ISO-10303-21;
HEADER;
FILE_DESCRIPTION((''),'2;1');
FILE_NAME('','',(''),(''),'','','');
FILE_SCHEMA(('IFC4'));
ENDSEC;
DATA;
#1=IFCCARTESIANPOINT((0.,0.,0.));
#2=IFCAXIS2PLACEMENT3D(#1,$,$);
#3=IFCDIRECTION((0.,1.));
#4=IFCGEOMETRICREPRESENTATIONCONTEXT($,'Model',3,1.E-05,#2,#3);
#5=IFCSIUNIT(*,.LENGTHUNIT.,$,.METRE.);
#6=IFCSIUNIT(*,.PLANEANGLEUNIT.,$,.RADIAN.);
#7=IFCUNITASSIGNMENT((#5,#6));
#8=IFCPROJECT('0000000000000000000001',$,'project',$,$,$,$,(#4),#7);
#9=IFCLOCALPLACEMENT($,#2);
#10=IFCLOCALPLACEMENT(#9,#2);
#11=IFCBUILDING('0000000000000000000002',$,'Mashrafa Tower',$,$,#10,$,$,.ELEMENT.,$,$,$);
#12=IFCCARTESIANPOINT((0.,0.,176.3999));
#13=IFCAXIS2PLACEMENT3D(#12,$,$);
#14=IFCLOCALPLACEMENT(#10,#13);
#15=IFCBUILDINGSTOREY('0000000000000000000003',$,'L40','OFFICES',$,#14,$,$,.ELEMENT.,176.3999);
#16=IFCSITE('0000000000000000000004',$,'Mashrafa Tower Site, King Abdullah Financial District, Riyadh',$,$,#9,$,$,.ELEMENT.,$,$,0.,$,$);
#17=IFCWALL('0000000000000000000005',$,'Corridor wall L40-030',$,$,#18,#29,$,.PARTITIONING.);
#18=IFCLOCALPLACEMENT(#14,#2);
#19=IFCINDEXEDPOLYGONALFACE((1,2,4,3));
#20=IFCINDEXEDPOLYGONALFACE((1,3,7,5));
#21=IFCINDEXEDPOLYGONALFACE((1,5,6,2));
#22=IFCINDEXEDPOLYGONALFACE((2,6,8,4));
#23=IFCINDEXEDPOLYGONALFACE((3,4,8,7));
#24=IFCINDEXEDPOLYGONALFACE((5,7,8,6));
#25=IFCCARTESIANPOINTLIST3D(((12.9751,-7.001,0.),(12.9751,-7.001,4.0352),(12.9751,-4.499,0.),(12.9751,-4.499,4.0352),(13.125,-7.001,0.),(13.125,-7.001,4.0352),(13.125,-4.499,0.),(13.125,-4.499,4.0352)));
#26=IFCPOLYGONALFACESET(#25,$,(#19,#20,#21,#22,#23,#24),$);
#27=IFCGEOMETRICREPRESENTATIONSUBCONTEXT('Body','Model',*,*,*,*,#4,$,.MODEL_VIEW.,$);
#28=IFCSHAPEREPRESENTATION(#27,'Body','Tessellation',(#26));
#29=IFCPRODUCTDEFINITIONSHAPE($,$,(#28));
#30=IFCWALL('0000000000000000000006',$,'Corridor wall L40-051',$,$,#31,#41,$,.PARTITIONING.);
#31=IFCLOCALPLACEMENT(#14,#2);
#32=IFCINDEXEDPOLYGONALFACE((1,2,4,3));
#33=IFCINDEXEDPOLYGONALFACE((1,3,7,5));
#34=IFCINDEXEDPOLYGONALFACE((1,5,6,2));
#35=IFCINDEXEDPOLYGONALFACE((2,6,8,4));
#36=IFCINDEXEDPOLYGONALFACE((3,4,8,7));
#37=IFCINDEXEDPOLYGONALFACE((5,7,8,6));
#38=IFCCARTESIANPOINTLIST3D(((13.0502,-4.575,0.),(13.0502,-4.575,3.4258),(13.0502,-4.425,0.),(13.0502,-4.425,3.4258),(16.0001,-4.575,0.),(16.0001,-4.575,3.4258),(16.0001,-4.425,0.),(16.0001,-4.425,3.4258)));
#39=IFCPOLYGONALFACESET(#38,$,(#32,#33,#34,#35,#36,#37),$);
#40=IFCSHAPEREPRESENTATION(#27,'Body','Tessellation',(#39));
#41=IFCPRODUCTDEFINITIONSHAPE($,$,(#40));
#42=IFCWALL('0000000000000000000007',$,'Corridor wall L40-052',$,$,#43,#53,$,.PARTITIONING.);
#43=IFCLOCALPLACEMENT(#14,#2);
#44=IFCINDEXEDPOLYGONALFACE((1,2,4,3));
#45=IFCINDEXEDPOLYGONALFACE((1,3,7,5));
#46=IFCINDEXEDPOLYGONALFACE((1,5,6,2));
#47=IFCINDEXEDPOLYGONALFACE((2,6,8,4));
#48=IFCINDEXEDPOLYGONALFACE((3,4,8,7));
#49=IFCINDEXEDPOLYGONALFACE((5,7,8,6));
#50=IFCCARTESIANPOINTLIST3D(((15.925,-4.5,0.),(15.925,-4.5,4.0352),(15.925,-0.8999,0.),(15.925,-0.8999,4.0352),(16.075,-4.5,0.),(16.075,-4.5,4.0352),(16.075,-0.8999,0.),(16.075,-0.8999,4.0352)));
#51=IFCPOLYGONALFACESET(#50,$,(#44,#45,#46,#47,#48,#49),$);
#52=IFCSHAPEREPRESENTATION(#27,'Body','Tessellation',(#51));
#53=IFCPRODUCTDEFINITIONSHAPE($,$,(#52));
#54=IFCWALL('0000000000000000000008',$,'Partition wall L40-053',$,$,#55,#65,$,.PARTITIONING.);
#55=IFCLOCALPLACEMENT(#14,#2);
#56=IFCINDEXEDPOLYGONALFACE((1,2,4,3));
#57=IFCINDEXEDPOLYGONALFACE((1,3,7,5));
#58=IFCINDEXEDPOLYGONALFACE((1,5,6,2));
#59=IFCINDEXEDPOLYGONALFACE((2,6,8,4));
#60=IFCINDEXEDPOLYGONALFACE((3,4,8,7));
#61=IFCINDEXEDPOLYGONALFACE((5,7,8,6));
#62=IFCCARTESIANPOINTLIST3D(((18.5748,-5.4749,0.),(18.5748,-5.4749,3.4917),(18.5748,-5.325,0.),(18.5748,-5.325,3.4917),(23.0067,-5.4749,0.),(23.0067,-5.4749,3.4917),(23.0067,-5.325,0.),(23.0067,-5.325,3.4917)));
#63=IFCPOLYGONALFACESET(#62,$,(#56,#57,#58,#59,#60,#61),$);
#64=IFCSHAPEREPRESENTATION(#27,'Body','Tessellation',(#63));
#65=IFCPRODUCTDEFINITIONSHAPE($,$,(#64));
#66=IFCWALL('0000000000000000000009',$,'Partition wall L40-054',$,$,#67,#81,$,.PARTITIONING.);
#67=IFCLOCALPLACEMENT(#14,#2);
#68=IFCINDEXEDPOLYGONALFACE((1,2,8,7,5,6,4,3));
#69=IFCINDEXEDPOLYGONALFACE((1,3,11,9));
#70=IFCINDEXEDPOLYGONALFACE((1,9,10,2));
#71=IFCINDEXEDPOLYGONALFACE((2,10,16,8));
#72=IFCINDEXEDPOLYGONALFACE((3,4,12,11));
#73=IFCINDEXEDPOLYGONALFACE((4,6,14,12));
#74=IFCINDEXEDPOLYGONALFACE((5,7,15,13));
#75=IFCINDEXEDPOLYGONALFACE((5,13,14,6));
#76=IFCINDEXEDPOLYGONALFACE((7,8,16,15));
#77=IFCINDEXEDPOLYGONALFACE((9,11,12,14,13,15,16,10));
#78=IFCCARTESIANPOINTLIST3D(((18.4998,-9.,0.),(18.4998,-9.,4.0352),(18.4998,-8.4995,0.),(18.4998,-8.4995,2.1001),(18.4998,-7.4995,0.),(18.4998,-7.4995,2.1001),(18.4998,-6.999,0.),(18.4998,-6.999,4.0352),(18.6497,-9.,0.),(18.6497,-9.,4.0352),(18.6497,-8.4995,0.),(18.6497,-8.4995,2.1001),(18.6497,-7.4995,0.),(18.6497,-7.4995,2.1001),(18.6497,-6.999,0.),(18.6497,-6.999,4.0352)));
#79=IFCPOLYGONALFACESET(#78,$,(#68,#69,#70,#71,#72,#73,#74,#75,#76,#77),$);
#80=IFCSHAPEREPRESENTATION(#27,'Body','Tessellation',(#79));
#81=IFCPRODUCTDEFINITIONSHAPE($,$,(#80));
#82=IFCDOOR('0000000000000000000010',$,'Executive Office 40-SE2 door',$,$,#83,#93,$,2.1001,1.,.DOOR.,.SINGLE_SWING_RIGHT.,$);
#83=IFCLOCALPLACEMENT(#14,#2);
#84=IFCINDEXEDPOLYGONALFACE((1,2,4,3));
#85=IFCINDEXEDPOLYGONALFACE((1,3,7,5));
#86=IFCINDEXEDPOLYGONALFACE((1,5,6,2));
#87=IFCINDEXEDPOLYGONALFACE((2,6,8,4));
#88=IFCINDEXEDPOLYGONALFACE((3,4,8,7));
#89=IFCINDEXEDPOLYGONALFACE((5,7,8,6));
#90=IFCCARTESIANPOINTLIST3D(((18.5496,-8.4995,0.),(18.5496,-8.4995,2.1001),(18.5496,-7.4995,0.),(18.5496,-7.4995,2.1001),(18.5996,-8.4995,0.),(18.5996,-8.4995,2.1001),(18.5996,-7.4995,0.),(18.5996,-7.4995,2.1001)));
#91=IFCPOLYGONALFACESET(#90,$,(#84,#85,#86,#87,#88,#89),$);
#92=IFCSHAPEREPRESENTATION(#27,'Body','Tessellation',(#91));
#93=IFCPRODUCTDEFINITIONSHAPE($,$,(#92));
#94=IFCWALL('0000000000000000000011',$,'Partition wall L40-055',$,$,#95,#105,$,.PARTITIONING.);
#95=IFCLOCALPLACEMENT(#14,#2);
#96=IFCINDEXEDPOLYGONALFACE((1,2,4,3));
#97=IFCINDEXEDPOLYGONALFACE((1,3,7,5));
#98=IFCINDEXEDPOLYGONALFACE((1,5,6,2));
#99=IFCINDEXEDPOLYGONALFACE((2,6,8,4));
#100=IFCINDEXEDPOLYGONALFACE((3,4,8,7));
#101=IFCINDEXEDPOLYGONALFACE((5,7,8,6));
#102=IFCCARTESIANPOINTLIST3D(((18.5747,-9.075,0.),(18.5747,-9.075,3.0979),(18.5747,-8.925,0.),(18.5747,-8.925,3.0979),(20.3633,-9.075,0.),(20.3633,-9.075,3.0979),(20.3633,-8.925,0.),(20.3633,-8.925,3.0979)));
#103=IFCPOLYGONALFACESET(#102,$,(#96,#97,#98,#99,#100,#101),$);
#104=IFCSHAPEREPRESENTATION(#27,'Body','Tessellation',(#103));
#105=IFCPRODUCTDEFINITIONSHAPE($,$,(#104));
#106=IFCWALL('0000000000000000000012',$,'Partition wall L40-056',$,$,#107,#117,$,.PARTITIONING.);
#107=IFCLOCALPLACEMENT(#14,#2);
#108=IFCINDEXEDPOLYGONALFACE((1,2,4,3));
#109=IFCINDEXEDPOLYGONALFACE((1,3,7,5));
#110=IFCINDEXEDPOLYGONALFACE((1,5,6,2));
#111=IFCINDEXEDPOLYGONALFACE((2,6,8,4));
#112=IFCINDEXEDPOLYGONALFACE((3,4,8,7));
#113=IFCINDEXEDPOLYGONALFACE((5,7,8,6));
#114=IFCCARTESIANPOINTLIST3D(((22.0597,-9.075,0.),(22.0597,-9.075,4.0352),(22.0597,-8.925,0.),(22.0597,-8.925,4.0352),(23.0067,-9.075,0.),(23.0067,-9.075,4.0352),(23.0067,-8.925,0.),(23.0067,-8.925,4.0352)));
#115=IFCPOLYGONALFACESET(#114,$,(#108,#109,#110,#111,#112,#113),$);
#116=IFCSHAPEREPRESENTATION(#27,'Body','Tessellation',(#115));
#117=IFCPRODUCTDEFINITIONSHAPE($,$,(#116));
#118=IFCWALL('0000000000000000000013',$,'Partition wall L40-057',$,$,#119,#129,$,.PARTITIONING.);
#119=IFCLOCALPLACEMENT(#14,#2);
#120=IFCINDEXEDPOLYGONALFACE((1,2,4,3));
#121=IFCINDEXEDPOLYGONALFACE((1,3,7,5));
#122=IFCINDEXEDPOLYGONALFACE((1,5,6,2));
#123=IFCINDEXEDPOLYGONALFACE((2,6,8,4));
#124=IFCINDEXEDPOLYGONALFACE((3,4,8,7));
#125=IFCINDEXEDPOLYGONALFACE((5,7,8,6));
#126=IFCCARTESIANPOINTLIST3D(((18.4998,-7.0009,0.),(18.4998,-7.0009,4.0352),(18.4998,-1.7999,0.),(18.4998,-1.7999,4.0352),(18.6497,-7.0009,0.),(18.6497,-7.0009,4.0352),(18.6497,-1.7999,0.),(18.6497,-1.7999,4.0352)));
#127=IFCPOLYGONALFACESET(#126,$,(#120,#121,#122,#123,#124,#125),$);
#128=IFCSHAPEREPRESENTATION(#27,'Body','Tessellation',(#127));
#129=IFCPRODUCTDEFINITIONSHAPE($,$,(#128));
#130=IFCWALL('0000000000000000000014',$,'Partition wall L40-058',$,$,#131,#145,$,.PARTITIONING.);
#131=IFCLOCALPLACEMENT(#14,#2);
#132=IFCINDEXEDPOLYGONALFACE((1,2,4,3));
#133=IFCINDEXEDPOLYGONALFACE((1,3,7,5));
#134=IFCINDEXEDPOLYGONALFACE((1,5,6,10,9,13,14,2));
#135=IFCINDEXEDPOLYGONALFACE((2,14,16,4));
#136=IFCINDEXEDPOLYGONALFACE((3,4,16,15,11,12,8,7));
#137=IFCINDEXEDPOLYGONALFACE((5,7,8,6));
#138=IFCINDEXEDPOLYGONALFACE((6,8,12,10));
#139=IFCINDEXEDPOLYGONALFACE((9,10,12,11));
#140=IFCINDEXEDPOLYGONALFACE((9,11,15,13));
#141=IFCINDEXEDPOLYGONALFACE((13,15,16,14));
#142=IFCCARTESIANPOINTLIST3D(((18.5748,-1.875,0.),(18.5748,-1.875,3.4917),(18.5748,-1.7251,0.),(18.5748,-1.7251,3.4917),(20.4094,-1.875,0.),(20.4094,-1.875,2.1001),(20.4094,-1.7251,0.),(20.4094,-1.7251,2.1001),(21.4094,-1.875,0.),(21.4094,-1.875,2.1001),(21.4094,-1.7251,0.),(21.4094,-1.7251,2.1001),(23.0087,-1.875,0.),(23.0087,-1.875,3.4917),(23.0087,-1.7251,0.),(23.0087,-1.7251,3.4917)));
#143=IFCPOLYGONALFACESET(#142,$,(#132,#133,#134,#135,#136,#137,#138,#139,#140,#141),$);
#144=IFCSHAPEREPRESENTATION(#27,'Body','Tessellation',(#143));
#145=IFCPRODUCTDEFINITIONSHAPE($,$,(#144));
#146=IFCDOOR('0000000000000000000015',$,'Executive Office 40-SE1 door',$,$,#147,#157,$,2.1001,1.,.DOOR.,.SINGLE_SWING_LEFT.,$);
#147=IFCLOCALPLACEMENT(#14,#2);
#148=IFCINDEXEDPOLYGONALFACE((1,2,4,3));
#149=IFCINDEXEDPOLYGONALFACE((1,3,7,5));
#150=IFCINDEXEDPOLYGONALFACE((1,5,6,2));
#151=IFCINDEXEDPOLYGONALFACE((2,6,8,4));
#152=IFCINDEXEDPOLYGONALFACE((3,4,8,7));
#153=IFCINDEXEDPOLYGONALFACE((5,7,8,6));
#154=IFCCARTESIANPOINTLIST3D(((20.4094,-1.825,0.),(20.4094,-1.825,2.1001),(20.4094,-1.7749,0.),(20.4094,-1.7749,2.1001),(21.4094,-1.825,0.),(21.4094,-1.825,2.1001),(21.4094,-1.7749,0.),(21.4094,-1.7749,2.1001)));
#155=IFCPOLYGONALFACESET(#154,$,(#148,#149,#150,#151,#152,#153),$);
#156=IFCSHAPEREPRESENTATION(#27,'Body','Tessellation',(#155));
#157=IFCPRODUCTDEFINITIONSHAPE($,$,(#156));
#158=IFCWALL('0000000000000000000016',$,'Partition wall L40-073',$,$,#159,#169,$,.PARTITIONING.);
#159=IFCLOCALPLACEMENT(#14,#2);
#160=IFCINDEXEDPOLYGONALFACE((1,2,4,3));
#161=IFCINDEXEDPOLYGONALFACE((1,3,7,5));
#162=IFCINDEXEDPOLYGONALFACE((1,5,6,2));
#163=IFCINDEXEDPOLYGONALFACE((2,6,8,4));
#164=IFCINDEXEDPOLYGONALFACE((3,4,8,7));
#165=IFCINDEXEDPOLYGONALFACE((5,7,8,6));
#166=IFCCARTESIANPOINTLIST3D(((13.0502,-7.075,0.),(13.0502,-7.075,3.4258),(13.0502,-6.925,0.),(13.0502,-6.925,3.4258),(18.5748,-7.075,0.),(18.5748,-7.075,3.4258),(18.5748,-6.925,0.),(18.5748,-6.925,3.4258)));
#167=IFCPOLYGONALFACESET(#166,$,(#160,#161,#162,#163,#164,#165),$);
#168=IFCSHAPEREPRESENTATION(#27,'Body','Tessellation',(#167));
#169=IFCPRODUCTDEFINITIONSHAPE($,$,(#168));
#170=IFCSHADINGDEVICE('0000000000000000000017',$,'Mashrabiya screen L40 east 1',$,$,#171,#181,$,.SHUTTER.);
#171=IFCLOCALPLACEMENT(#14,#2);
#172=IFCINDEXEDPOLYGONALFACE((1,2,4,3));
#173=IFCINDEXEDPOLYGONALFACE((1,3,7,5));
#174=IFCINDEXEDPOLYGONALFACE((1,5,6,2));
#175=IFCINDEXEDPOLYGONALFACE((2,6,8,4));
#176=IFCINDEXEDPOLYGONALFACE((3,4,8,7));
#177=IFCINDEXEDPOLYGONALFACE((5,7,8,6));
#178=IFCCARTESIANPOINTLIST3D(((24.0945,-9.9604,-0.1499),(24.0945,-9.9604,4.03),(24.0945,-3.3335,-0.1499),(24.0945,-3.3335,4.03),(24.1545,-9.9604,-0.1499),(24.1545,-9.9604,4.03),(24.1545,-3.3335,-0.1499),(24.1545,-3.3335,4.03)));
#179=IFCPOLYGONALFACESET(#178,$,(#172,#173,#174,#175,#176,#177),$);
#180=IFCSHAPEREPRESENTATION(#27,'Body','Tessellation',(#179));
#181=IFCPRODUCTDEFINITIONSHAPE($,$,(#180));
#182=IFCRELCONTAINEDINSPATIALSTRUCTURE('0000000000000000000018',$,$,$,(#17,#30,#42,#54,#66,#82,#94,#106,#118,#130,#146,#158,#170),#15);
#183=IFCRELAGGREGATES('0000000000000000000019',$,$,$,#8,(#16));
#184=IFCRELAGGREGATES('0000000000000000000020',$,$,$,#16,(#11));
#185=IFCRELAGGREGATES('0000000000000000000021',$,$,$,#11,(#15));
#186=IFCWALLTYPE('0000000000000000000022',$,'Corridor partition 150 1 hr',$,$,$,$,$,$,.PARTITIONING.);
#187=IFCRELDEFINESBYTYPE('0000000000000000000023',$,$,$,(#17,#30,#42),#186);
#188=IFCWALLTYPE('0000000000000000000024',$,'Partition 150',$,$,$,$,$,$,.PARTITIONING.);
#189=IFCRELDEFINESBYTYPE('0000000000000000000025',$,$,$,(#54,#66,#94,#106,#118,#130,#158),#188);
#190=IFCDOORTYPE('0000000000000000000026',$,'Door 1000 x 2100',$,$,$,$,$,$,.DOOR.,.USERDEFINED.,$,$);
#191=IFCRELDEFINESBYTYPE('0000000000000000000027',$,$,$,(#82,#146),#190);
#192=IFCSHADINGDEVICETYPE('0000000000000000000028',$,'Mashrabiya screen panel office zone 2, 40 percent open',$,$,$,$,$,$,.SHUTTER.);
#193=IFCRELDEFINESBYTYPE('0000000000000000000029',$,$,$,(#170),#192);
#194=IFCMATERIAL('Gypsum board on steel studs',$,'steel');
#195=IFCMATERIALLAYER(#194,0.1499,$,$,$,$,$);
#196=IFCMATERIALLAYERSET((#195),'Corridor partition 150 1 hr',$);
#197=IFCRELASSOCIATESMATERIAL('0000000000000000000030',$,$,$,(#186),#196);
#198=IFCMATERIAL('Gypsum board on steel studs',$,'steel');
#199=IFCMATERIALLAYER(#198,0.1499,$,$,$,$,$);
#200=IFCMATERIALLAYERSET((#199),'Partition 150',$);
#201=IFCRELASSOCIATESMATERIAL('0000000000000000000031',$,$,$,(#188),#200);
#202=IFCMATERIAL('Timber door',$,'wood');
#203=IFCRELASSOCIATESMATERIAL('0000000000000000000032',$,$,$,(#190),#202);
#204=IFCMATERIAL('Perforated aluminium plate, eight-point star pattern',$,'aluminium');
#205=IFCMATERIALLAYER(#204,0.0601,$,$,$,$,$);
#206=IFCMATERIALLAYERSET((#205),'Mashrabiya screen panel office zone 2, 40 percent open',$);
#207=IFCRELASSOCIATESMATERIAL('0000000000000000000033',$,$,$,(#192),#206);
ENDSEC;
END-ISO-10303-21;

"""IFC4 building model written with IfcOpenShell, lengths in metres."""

from ifc_helpers import new_model, si_unit, direction, frame, frame_2d, origin, origin_2d, place, context, subcontext, project, spatial, rectangle, extrude, source, transform, mapped, material, layer, layer_set, type_object, type_shapes, element, fill, save


model = new_model("IFC4")

# Units and contexts
model_context = context("Model", 3, precision=1e-05, world=origin(), true_north=direction((0.0, 1.0)))
body_context = subcontext(model_context, "Body", "Model", "MODEL_VIEW")
ifc_project = project(units=[si_unit("LENGTHUNIT", "METRE"), si_unit("PLANEANGLEUNIT", "RADIAN")], contexts=[model_context])

# Site, building, storey
site_placement = place(None, origin())
site = spatial("IfcSite", under=ifc_project, at=site_placement, Name="Mashrafa Tower Site, King Abdullah Financial District, Riyadh", CompositionType="ELEMENT", RefElevation=0.0)
building_placement = place(site_placement, origin())
building = spatial("IfcBuilding", under=site, at=building_placement, Name="Mashrafa Tower", CompositionType="ELEMENT")
storey_placement = place(building_placement, frame((0.0, 0.0, 176.3999)))
storey = spatial("IfcBuildingStorey", under=building, at=storey_placement, Name="L40", Description="OFFICES", CompositionType="ELEMENT", Elevation=176.3999)

# Shared definitions
ifc_material_1 = material(Name="Gypsum board on steel studs", Category="steel")
ifc_layer_1 = layer(ifc_material_1, 0.1499)
ifc_layer_set_1 = layer_set([ifc_layer_1], Name="Corridor partition 150 1 hr")
wall_type_1 = type_object("IfcWallType", Name="Corridor partition 150 1 hr", PredefinedType="PARTITIONING", material=ifc_layer_set_1)

# Wall
wall_1_placement = place(storey_placement, frame((13.05, -7.001, 0.0), z_axis=(0.0, 0.0, 1.0), x_axis=(0.0, 1.0, 0.0)))
element("IfcWall", 1, at=wall_1_placement, inside=storey, type_object=wall_type_1, Name="Corridor wall L40-030", PredefinedType="PARTITIONING", context=body_context, shape_type="SweptSolid", body=[
    extrude(rectangle(XDim=2.502, YDim=0.1499, at=frame_2d((1.251, 0.0))), origin(), (0.0, 0.0, 1.0), 4.0352),
])

# Walls
wall_2_placement = place(storey_placement, frame((13.05, -4.5, 0.0), z_axis=(0.0, 0.0, 1.0), x_axis=(1.0, 0.0, 0.0)))
element("IfcWall", 2, at=wall_2_placement, inside=storey, type_object=wall_type_1, Name="Corridor wall L40-051", PredefinedType="PARTITIONING", context=body_context, shape_type="SweptSolid", body=[
    extrude(rectangle(XDim=2.95, YDim=0.1499, at=frame_2d((1.4751, 0.0))), origin(), (0.0, 0.0, 1.0), 3.4258),
])
wall_3_placement = place(storey_placement, frame((16.0, -4.5, 0.0), z_axis=(0.0, 0.0, 1.0), x_axis=(0.0, 1.0, 0.0)))
element("IfcWall", 3, at=wall_3_placement, inside=storey, type_object=wall_type_1, Name="Corridor wall L40-052", PredefinedType="PARTITIONING", context=body_context, shape_type="SweptSolid", body=[
    extrude(rectangle(XDim=3.6001, YDim=0.1499, at=frame_2d((1.8, 0.0))), origin(), (0.0, 0.0, 1.0), 4.0352),
])
ifc_material_2 = material(Name="Gypsum board on steel studs", Category="steel")
ifc_layer_2 = layer(ifc_material_2, 0.1499)
ifc_layer_set_2 = layer_set([ifc_layer_2], Name="Partition 150")
wall_type_2 = type_object("IfcWallType", Name="Partition 150", PredefinedType="PARTITIONING", material=ifc_layer_set_2)
wall_4_placement = place(storey_placement, frame((23.0066, -5.3999, 0.0), z_axis=(0.0, 0.0, 1.0), x_axis=(-1.0, 0.0, 0.0)))
element("IfcWall", 4, at=wall_4_placement, inside=storey, type_object=wall_type_2, Name="Partition wall L40-053", PredefinedType="PARTITIONING", context=body_context, shape_type="SweptSolid", body=[
    extrude(rectangle(XDim=4.4319, YDim=0.1499, at=frame_2d((2.2158, 0.0))), origin(), (0.0, 0.0, 1.0), 3.4917),
])

# Wall, opening, door
wall_5_placement = place(storey_placement, frame((18.5747, -6.999, 0.0), z_axis=(0.0, 0.0, 1.0), x_axis=(0.0, -1.0, 0.0)))
wall_5 = element("IfcWall", 5, at=wall_5_placement, inside=storey, type_object=wall_type_2, Name="Partition wall L40-054", PredefinedType="PARTITIONING", context=body_context, shape_type="SweptSolid", body=[
    extrude(rectangle(XDim=2.001, YDim=0.1499, at=frame_2d((1.0005, 0.0))), origin(), (0.0, 0.0, 1.0), 4.0352),
])
opening_1_placement = place(wall_5_placement, frame((0.5005, 0.0, 0.0)))
opening_1 = element("IfcOpeningElement", 6, at=opening_1_placement, cuts=wall_5, PredefinedType="OPENING", context=body_context, shape_type="SweptSolid", body=[
    extrude(rectangle(XDim=1.0, YDim=2.1001, at=frame_2d((0.5, 1.05))), frame((0.0, 0.085, 0.0), z_axis=(0.0, -1.0, 0.0), x_axis=(1.0, 0.0, 0.0)), (0.0, 0.0, 1.0), 0.1699),
])
ifc_material_3 = material(Name="Timber door", Category="wood")
door_type_1 = type_object("IfcDoorType", Name="Door 1000 x 2100", OperationType="USERDEFINED", PredefinedType="DOOR", material=ifc_material_3)
door_1_placement = place(opening_1_placement, origin())
door_1 = element("IfcDoor", 7, at=door_1_placement, inside=storey, type_object=door_type_1, Name="Executive Office 40-SE2 door", OperationType="SINGLE_SWING_RIGHT", OverallHeight=2.1001, OverallWidth=1.0, PredefinedType="DOOR", context=body_context, shape_type="SweptSolid", body=[
    extrude(rectangle(XDim=1.0, YDim=2.1001, at=frame_2d((0.5, 1.05))), frame((0.0, 0.0249, 0.0), z_axis=(0.0, -1.0, 0.0), x_axis=(1.0, 0.0, 0.0)), (0.0, 0.0, 1.0), 0.05),
])
fill(opening_1, door_1)

# Walls
wall_6_placement = place(storey_placement, frame((18.5747, -9.0, 0.0), z_axis=(0.0, 0.0, 1.0), x_axis=(1.0, 0.0, 0.0)))
element("IfcWall", 8, at=wall_6_placement, inside=storey, type_object=wall_type_2, Name="Partition wall L40-055", PredefinedType="PARTITIONING", context=body_context, shape_type="SweptSolid", body=[
    extrude(rectangle(XDim=1.7886, YDim=0.1499, at=frame_2d((0.8943, 0.0))), origin(), (0.0, 0.0, 1.0), 3.0979),
])
wall_7_placement = place(storey_placement, frame((22.0596, -9.0, 0.0), z_axis=(0.0, 0.0, 1.0), x_axis=(1.0, 0.0, 0.0)))
element("IfcWall", 9, at=wall_7_placement, inside=storey, type_object=wall_type_2, Name="Partition wall L40-056", PredefinedType="PARTITIONING", context=body_context, shape_type="SweptSolid", body=[
    extrude(rectangle(XDim=0.947, YDim=0.1499, at=frame_2d((0.4736, 0.0))), origin(), (0.0, 0.0, 1.0), 4.0352),
])
wall_8_placement = place(storey_placement, frame((18.5747, -7.001, 0.0), z_axis=(0.0, 0.0, 1.0), x_axis=(0.0, 1.0, 0.0)))
element("IfcWall", 10, at=wall_8_placement, inside=storey, type_object=wall_type_2, Name="Partition wall L40-057", PredefinedType="PARTITIONING", context=body_context, shape_type="SweptSolid", body=[
    extrude(rectangle(XDim=5.2009, YDim=0.1499, at=frame_2d((2.6006, 0.0))), origin(), (0.0, 0.0, 1.0), 4.0352),
])

# Wall, opening, door
wall_9_placement = place(storey_placement, frame((23.0085, -1.8, 0.0), z_axis=(0.0, 0.0, 1.0), x_axis=(-1.0, 0.0, 0.0)))
wall_9 = element("IfcWall", 11, at=wall_9_placement, inside=storey, type_object=wall_type_2, Name="Partition wall L40-058", PredefinedType="PARTITIONING", context=body_context, shape_type="SweptSolid", body=[
    extrude(rectangle(XDim=4.4338, YDim=0.1499, at=frame_2d((2.2168, 0.0))), origin(), (0.0, 0.0, 1.0), 3.4917),
])
opening_2_placement = place(wall_9_placement, frame((1.5991, 0.0, 0.0)))
opening_2 = element("IfcOpeningElement", 12, at=opening_2_placement, cuts=wall_9, PredefinedType="OPENING", context=body_context, shape_type="SweptSolid", body=[
    extrude(rectangle(XDim=1.0, YDim=2.1001, at=frame_2d((0.5, 1.05))), frame((0.0, 0.085, 0.0), z_axis=(0.0, -1.0, 0.0), x_axis=(1.0, 0.0, 0.0)), (0.0, 0.0, 1.0), 0.1699),
])
door_2_placement = place(opening_2_placement, origin())
door_2 = element("IfcDoor", 13, at=door_2_placement, inside=storey, type_object=door_type_1, Name="Executive Office 40-SE1 door", OperationType="SINGLE_SWING_LEFT", OverallHeight=2.1001, OverallWidth=1.0, PredefinedType="DOOR", context=body_context, shape_type="SweptSolid", body=[
    extrude(rectangle(XDim=1.0, YDim=2.1001, at=frame_2d((0.5, 1.05))), frame((0.0, 0.0249, 0.0), z_axis=(0.0, -1.0, 0.0), x_axis=(1.0, 0.0, 0.0)), (0.0, 0.0, 1.0), 0.05),
])
fill(opening_2, door_2)

# Wall
wall_10_placement = place(storey_placement, frame((18.5747, -7.0, 0.0), z_axis=(0.0, 0.0, 1.0), x_axis=(-1.0, 0.0, 0.0)))
element("IfcWall", 14, at=wall_10_placement, inside=storey, type_object=wall_type_2, Name="Partition wall L40-073", PredefinedType="PARTITIONING", context=body_context, shape_type="SweptSolid", body=[
    extrude(rectangle(XDim=5.5247, YDim=0.1499, at=frame_2d((2.7622, 0.0))), origin(), (0.0, 0.0, 1.0), 3.4258),
])

# Shading device
ifc_material_4 = material(Name="Perforated aluminium plate, eight-point star pattern", Category="aluminium")
ifc_layer_3 = layer(ifc_material_4, 0.0601)
ifc_layer_set_3 = layer_set([ifc_layer_3], Name="Mashrabiya screen panel office zone 2, 40 percent open")
shading_device_type = type_object("IfcShadingDeviceType", Name="Mashrabiya screen panel office zone 2, 40 percent open", PredefinedType="SHUTTER", material=ifc_layer_set_3)
shared_shape_1 = source(origin(), body_context, "Body", "SweptSolid", [
    extrude(rectangle(XDim=6.627, YDim=0.0601, at=origin_2d()), origin(), (0.0, 0.0, 1.0), 4.1799),
])
type_shapes(shading_device_type, [shared_shape_1])
shading_device_placement = place(storey_placement, frame((24.1245, -6.647, -0.1499), z_axis=(0.0, 0.0, 1.0), x_axis=(0.0, 1.0, 0.0)))
element("IfcShadingDevice", 15, at=shading_device_placement, inside=storey, type_object=shading_device_type, Name="Mashrabiya screen L40 east 1", PredefinedType="SHUTTER", context=body_context, shape_type="MappedRepresentation", body=[
    mapped(shared_shape_1, transform((0.0, 0.0, 0.0))),
])

save(model, "model.ifc")
